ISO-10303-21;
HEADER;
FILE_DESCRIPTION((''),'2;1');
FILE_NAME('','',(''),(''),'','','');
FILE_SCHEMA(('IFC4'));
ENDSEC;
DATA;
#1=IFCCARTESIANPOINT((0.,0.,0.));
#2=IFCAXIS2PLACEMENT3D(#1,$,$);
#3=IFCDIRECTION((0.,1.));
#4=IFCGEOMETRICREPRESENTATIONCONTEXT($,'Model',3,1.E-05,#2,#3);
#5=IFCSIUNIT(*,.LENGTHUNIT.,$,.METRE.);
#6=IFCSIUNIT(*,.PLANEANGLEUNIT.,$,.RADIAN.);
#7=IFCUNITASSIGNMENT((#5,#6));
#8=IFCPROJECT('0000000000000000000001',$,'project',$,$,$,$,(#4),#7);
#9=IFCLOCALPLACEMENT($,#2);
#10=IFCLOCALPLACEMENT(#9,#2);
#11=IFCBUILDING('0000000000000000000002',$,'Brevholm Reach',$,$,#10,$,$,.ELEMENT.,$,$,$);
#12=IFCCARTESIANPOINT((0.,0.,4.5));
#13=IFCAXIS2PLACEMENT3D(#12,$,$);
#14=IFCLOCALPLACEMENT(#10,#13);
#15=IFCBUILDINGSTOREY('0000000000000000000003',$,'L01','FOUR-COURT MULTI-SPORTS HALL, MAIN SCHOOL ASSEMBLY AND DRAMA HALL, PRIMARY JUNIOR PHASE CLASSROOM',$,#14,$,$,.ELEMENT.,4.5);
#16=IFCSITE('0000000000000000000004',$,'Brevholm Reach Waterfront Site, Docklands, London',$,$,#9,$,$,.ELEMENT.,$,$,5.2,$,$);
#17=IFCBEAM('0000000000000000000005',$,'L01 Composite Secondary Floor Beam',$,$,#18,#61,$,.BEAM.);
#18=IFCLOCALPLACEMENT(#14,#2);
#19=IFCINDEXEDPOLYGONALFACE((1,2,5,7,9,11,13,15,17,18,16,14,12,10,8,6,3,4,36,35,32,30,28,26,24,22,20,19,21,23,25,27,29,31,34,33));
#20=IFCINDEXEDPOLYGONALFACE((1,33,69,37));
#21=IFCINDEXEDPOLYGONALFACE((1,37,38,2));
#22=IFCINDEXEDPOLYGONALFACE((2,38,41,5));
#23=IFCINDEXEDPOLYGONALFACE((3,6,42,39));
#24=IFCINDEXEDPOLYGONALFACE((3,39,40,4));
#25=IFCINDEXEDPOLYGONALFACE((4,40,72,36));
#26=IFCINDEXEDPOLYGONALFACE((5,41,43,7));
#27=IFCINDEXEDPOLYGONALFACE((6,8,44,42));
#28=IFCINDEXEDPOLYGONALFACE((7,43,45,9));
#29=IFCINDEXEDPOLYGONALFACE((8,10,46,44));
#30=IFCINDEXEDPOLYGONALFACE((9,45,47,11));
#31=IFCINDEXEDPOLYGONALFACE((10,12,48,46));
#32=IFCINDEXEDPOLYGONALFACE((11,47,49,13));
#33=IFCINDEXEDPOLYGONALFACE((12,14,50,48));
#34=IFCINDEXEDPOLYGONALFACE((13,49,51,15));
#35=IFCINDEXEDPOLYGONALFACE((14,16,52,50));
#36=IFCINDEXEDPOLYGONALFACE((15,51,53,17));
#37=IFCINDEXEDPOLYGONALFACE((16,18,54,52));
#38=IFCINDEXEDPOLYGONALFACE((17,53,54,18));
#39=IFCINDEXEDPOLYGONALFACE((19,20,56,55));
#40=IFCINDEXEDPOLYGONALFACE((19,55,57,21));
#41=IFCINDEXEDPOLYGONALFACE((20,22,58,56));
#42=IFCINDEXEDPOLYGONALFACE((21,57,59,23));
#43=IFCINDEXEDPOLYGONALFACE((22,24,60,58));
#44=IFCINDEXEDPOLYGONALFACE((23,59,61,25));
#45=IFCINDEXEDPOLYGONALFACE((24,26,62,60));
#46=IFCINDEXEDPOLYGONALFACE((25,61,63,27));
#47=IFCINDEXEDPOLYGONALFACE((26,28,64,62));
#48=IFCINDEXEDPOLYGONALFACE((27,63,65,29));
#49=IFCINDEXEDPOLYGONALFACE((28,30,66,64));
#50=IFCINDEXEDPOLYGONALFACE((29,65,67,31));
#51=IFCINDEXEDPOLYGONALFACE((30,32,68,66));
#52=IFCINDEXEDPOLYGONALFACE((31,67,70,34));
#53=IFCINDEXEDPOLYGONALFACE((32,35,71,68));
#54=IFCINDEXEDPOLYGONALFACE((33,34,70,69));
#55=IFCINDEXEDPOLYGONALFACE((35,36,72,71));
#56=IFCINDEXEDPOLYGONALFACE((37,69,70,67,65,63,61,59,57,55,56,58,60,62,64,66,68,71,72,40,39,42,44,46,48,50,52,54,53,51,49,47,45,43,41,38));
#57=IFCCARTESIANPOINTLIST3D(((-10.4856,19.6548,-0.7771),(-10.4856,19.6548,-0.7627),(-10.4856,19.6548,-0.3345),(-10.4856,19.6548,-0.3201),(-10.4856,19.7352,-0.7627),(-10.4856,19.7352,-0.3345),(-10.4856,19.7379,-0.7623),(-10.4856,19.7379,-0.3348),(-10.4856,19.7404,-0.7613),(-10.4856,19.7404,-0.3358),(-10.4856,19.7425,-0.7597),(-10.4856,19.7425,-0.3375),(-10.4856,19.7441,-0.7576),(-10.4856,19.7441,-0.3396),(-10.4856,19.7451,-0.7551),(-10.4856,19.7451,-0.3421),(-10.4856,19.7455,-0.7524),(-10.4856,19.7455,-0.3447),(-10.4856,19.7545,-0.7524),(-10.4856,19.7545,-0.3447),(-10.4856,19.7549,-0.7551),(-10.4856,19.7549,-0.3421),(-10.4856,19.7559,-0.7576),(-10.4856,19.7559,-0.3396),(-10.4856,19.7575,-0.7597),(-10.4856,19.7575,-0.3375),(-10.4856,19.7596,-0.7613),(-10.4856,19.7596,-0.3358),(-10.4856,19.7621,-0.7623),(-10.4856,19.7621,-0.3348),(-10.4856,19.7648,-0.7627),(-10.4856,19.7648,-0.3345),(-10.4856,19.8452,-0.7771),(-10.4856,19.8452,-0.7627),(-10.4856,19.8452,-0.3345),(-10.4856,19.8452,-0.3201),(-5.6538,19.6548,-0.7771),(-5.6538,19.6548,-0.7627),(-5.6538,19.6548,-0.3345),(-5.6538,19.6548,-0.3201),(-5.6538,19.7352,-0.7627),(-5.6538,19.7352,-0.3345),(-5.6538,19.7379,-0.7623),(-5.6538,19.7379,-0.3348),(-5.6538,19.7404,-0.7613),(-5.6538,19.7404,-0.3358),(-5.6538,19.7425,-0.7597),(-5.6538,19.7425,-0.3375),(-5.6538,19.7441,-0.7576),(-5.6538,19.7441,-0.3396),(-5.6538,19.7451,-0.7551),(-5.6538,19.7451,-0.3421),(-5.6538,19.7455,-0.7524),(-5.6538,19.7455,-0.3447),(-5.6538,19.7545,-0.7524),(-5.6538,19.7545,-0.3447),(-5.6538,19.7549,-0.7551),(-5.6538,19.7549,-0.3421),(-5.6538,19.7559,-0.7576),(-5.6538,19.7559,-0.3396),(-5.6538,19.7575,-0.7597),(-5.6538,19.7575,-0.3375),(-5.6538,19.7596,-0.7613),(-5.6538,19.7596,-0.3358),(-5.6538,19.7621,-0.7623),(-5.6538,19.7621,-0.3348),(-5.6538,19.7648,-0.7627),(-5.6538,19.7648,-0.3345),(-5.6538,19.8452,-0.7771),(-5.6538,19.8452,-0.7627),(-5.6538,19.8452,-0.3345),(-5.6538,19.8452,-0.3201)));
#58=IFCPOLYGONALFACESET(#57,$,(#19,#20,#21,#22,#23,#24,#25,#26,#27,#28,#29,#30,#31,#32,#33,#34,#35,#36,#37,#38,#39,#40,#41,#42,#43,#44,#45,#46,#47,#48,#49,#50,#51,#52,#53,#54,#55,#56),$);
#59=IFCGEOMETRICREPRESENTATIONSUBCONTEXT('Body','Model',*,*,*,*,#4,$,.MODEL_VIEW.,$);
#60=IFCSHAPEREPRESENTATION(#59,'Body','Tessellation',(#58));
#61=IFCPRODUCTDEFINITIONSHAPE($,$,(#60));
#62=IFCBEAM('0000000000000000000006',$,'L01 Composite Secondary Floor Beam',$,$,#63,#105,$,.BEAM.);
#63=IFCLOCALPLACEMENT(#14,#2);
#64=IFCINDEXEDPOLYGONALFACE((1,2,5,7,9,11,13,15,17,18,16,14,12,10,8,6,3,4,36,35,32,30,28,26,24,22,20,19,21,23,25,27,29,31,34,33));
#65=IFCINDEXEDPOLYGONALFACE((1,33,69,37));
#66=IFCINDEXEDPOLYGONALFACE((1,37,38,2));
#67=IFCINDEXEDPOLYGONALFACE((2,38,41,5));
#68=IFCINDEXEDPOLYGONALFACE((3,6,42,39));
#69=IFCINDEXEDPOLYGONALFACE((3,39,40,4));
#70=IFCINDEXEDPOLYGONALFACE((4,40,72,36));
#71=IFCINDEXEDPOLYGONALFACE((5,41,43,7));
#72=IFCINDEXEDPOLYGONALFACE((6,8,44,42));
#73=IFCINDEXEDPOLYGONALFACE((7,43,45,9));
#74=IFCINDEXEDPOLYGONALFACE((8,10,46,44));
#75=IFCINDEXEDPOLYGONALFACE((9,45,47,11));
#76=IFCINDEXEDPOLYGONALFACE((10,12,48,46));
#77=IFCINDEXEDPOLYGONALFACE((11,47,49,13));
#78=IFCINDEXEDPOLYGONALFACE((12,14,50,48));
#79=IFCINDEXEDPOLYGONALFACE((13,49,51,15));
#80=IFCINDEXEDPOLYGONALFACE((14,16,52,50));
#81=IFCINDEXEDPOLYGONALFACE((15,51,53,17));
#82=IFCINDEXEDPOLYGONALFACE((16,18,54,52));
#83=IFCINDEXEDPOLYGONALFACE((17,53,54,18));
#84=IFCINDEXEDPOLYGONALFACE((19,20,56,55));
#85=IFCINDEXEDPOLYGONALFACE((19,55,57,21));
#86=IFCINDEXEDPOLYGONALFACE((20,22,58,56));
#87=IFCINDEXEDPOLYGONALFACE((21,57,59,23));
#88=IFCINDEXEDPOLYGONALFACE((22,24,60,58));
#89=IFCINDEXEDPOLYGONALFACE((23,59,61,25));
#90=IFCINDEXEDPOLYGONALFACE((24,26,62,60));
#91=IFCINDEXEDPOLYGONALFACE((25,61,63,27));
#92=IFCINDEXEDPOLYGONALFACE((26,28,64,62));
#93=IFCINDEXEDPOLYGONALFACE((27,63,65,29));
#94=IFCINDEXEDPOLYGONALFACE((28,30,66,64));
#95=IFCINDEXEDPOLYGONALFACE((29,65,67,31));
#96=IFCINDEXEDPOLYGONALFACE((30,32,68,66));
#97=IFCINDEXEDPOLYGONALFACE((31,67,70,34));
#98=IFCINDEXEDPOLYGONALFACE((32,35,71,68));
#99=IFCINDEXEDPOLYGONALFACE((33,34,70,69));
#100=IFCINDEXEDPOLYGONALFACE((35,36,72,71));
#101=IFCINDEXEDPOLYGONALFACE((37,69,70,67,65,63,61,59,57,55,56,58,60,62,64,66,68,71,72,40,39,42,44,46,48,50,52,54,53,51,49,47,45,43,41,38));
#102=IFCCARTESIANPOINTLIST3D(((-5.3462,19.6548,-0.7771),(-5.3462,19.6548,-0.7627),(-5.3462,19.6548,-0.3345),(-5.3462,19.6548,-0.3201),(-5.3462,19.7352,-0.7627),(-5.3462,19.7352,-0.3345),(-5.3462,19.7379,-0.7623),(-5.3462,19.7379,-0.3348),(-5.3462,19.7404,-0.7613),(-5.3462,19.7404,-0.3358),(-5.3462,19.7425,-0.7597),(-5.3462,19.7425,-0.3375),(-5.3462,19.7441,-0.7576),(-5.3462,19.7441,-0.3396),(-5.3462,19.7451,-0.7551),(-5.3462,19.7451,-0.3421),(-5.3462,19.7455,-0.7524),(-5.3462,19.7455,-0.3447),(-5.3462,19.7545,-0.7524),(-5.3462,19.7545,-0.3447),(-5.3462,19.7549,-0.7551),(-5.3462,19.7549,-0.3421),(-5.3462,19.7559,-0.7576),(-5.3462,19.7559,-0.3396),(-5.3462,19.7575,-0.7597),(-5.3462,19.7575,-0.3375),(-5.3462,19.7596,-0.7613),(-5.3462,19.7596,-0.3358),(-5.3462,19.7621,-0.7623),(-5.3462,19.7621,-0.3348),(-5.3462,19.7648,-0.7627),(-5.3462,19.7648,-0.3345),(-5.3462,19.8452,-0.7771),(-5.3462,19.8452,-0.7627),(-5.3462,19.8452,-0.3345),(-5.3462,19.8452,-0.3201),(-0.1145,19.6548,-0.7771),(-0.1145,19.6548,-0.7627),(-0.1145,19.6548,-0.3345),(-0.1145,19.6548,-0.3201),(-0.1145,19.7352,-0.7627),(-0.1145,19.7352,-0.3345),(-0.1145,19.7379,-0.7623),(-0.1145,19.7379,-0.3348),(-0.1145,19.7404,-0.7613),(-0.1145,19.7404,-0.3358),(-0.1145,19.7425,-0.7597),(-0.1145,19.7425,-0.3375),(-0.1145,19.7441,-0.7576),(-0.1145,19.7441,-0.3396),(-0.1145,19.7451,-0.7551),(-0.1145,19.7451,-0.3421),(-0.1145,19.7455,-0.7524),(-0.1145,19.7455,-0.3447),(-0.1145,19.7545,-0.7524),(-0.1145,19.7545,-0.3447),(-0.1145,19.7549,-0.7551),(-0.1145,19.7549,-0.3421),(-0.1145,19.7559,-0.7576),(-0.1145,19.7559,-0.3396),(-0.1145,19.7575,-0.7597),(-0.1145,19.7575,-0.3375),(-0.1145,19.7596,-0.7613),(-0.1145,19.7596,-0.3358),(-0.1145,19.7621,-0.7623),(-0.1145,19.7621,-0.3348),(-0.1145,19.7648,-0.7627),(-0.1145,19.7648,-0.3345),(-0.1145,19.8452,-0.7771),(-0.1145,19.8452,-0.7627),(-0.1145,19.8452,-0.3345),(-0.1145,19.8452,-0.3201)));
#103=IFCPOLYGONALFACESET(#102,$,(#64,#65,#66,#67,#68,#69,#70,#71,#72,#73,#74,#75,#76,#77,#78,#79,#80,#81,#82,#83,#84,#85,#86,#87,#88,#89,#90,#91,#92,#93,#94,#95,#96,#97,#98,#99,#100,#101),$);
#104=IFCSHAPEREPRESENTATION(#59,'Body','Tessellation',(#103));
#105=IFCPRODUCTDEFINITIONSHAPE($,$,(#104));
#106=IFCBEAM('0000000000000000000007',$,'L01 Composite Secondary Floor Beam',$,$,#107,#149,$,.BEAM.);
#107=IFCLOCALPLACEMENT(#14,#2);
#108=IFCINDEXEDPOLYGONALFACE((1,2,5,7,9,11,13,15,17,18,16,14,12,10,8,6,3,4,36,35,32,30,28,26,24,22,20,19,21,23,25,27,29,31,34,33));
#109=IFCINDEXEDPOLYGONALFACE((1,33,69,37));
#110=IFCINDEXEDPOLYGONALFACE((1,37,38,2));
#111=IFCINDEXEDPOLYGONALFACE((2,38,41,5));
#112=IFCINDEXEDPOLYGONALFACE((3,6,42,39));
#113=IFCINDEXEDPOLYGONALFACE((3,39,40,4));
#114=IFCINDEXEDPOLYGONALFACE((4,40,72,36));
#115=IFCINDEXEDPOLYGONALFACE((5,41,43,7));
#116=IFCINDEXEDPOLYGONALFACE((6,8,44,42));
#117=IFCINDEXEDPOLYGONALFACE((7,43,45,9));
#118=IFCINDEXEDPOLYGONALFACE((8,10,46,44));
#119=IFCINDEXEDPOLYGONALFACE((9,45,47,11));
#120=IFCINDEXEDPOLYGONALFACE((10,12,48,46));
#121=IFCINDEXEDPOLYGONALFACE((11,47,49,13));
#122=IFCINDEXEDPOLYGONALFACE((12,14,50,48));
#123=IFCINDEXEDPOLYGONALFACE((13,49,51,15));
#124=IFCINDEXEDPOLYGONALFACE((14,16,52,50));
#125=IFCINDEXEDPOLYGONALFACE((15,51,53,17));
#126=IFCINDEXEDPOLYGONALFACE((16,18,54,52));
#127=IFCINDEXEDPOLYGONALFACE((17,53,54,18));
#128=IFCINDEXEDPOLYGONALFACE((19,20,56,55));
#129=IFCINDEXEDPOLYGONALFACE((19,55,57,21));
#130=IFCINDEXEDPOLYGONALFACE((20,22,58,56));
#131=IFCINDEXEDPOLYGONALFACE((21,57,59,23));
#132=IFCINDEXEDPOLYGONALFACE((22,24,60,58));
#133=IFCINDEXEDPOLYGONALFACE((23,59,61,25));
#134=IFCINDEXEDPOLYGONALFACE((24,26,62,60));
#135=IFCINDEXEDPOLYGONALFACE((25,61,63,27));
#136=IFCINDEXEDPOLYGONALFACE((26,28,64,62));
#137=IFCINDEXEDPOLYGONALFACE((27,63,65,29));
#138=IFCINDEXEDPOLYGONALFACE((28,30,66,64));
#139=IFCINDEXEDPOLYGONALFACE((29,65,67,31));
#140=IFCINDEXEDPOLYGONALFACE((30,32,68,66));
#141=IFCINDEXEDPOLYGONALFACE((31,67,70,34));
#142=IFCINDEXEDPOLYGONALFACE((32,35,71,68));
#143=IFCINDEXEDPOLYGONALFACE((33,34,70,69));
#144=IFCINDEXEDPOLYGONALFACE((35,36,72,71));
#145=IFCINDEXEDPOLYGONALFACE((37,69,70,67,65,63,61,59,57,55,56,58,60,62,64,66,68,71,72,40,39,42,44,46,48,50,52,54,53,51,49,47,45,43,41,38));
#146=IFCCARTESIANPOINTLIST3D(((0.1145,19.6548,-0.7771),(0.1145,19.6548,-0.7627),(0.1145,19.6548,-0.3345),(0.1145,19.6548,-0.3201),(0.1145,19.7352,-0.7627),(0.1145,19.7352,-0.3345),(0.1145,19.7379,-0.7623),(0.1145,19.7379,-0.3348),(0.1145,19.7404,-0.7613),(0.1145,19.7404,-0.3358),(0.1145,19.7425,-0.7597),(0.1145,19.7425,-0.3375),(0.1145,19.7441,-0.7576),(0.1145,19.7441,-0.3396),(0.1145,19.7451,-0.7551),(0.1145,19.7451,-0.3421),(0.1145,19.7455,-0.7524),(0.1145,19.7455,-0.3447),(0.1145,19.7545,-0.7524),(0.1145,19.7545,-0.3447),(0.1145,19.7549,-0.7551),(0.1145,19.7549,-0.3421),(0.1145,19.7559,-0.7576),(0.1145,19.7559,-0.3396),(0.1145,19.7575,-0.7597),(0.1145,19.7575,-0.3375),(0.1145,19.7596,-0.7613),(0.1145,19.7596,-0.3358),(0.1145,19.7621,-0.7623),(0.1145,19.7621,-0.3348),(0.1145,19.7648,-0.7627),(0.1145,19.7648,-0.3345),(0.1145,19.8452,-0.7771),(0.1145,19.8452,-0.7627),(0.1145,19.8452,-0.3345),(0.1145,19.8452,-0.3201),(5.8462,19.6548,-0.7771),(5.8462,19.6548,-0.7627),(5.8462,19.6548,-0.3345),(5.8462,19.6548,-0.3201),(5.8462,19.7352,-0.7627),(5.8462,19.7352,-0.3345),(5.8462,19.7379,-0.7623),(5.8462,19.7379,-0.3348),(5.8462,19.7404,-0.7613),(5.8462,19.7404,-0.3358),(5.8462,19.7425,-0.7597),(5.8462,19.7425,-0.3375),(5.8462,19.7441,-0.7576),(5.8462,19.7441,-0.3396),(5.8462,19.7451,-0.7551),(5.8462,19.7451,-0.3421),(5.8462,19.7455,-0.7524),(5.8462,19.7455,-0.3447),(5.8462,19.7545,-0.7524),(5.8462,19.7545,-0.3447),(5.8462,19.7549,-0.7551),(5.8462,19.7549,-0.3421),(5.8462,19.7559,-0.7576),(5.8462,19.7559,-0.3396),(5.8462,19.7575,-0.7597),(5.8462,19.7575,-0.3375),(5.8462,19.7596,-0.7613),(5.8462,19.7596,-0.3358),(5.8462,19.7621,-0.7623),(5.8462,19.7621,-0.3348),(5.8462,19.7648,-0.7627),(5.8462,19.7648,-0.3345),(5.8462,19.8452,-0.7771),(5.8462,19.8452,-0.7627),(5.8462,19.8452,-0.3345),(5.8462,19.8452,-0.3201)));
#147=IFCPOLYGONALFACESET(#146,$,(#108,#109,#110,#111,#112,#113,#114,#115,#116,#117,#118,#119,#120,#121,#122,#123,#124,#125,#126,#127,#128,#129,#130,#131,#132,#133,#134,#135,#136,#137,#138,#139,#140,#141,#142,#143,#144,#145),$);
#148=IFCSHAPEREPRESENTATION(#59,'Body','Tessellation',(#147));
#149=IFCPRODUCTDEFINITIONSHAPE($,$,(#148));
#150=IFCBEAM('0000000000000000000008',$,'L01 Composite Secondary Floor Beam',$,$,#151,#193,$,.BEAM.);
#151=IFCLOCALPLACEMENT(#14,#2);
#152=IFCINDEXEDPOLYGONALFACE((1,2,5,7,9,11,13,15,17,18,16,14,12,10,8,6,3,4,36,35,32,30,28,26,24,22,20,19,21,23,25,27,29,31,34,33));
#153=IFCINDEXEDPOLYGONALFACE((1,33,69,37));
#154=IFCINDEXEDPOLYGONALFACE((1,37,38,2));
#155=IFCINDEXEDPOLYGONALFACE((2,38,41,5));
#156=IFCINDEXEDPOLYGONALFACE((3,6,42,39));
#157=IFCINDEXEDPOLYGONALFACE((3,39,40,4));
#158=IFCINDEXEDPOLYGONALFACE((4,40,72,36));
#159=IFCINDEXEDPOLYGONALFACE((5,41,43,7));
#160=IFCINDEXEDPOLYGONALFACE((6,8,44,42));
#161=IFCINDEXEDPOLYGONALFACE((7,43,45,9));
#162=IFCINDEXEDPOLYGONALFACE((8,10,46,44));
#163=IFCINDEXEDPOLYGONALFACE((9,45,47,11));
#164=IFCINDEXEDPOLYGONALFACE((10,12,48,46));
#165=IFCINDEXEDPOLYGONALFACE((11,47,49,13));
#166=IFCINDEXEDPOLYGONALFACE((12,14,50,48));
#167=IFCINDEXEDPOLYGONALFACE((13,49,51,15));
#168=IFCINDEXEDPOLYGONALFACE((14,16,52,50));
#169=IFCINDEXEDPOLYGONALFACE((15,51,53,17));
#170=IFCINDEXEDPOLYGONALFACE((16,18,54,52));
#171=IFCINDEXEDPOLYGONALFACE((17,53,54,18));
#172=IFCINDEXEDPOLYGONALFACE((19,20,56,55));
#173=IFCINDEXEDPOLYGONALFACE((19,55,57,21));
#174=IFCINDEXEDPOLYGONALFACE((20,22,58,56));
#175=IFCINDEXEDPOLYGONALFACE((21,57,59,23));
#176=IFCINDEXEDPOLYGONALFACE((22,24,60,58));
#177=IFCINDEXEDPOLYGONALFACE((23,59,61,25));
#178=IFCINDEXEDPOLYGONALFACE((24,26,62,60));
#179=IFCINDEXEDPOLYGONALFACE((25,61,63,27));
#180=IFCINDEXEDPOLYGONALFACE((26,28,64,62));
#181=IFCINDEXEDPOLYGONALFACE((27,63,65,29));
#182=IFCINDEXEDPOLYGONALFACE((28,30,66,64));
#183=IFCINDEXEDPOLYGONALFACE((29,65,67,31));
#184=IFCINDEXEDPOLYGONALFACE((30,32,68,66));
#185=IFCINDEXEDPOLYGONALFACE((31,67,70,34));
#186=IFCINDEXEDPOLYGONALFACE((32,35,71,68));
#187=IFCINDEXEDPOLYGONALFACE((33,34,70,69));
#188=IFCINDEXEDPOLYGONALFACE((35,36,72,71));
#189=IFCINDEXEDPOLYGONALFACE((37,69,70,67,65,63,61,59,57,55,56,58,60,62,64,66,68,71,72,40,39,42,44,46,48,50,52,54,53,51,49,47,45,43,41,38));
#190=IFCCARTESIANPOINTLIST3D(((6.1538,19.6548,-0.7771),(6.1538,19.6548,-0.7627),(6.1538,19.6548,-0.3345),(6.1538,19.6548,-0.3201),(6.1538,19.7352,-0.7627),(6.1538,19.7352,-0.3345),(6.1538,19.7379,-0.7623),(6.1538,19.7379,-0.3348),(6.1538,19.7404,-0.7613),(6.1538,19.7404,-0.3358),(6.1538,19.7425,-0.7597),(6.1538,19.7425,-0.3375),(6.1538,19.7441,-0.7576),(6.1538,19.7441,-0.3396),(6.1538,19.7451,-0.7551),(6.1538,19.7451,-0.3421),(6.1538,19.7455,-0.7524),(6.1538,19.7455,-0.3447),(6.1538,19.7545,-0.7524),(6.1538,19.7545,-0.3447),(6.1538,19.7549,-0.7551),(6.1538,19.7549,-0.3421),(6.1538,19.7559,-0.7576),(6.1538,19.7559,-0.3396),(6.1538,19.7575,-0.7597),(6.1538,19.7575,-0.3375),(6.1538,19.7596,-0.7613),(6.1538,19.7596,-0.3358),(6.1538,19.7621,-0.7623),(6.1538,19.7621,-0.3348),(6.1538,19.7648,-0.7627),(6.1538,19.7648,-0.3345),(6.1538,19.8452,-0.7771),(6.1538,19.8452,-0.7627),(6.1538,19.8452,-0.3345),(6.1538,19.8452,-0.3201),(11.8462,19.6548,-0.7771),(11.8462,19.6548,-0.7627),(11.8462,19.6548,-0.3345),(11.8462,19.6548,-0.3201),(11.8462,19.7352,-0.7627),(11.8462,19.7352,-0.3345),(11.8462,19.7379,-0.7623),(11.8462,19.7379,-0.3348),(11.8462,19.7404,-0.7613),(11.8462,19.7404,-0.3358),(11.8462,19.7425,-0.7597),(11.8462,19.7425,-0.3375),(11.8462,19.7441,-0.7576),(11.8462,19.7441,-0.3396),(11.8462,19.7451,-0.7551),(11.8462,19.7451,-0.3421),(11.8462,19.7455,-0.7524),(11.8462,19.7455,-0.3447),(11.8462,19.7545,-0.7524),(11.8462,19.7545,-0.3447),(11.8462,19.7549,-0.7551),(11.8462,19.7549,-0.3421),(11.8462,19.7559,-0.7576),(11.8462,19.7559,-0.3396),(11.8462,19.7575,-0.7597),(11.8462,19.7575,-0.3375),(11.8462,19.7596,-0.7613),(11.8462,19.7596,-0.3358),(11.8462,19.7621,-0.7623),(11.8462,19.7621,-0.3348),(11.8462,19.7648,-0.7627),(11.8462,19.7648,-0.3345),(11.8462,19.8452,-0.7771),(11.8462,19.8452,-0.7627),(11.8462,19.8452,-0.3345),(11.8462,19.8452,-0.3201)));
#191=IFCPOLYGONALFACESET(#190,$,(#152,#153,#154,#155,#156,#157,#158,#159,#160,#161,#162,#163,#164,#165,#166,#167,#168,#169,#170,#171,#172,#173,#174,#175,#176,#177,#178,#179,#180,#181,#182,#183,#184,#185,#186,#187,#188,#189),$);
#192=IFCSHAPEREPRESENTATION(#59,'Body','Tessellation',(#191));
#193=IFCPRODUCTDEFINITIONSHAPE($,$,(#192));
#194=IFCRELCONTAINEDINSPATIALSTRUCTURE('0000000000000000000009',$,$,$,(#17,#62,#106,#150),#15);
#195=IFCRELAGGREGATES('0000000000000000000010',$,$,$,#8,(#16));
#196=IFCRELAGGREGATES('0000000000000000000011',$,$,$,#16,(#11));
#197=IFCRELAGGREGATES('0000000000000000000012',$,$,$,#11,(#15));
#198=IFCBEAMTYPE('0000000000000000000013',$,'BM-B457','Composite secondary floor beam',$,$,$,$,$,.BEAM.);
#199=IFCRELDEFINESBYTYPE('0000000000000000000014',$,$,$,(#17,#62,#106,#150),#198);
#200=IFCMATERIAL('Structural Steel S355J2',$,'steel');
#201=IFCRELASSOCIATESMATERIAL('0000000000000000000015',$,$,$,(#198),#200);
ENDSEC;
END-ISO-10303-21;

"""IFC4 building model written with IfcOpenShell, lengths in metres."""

from ifc_helpers import new_model, si_unit, direction, frame, origin, origin_2d, place, context, subcontext, project, spatial, i_section, extrude, material, material_profile, profile_set, type_object, element, save


model = new_model("IFC4")

# Units and contexts
model_context = context("Model", 3, precision=1e-05, world=origin(), true_north=direction((0.0, 1.0)))
body_context = subcontext(model_context, "Body", "Model", "MODEL_VIEW")
ifc_project = project(units=[si_unit("LENGTHUNIT", "METRE"), si_unit("PLANEANGLEUNIT", "RADIAN")], contexts=[model_context])

# Site, building, storey
site_placement = place(None, origin())
site = spatial("IfcSite", under=ifc_project, at=site_placement, Name="Brevholm Reach Waterfront Site, Docklands, London", CompositionType="ELEMENT", RefElevation=5.2)
building_placement = place(site_placement, origin())
building = spatial("IfcBuilding", under=site, at=building_placement, Name="Brevholm Reach", CompositionType="ELEMENT")
storey_placement = place(building_placement, frame((0.0, 0.0, 4.5)))
storey = spatial("IfcBuildingStorey", under=building, at=storey_placement, Name="L01", Description="FOUR-COURT MULTI-SPORTS HALL, MAIN SCHOOL ASSEMBLY AND DRAMA HALL, PRIMARY JUNIOR PHASE CLASSROOM", CompositionType="ELEMENT", Elevation=4.5)

# Beams
ifc_material_1 = material(Name="Structural Steel S355J2", Category="steel")
ifc_material_profile_1 = material_profile(ifc_material_1, i_section(OverallWidth=0.1904, OverallDepth=0.457, WebThickness=0.009, FlangeThickness=0.0144, FilletRadius=0.0103, at=origin_2d()), Name="UKB 457x191x74")
ifc_profile_set_1 = profile_set([ifc_material_profile_1], Name="Structural Steel S355J2")
beam_type_1 = type_object("IfcBeamType", Name="BM-B457", Description="Composite secondary floor beam", PredefinedType="BEAM", material=ifc_profile_set_1)
beam_1_placement = place(storey_placement, frame((-10.4856, 19.75, -0.5486), z_axis=(1.0, 0.0, 0.0), x_axis=(0.0, 1.0, 0.0)))
element("IfcBeam", 1, at=beam_1_placement, inside=storey, type_object=beam_type_1, Name="L01 Composite Secondary Floor Beam", PredefinedType="BEAM", context=body_context, shape_type="SweptSolid", body=[
    extrude(i_section(OverallWidth=0.1904, OverallDepth=0.457, WebThickness=0.009, FlangeThickness=0.0144, FilletRadius=0.0103, at=origin_2d()), origin(), (0.0, 0.0, 1.0), 4.8318),
])
beam_2_placement = place(storey_placement, frame((-5.3462, 19.75, -0.5486), z_axis=(1.0, 0.0, 0.0), x_axis=(0.0, 1.0, 0.0)))
element("IfcBeam", 2, at=beam_2_placement, inside=storey, type_object=beam_type_1, Name="L01 Composite Secondary Floor Beam", PredefinedType="BEAM", context=body_context, shape_type="SweptSolid", body=[
    extrude(i_section(OverallWidth=0.1904, OverallDepth=0.457, WebThickness=0.009, FlangeThickness=0.0144, FilletRadius=0.0103, at=origin_2d()), origin(), (0.0, 0.0, 1.0), 5.2317),
])
beam_3_placement = place(storey_placement, frame((0.1145, 19.75, -0.5486), z_axis=(1.0, 0.0, 0.0), x_axis=(0.0, 1.0, 0.0)))
element("IfcBeam", 3, at=beam_3_placement, inside=storey, type_object=beam_type_1, Name="L01 Composite Secondary Floor Beam", PredefinedType="BEAM", context=body_context, shape_type="SweptSolid", body=[
    extrude(i_section(OverallWidth=0.1904, OverallDepth=0.457, WebThickness=0.009, FlangeThickness=0.0144, FilletRadius=0.0103, at=origin_2d()), origin(), (0.0, 0.0, 1.0), 5.7317),
])
beam_4_placement = place(storey_placement, frame((6.1538, 19.75, -0.5486), z_axis=(1.0, 0.0, 0.0), x_axis=(0.0, 1.0, 0.0)))
element("IfcBeam", 4, at=beam_4_placement, inside=storey, type_object=beam_type_1, Name="L01 Composite Secondary Floor Beam", PredefinedType="BEAM", context=body_context, shape_type="SweptSolid", body=[
    extrude(i_section(OverallWidth=0.1904, OverallDepth=0.457, WebThickness=0.009, FlangeThickness=0.0144, FilletRadius=0.0103, at=origin_2d()), origin(), (0.0, 0.0, 1.0), 5.6924),
])

save(model, "model.ifc")
